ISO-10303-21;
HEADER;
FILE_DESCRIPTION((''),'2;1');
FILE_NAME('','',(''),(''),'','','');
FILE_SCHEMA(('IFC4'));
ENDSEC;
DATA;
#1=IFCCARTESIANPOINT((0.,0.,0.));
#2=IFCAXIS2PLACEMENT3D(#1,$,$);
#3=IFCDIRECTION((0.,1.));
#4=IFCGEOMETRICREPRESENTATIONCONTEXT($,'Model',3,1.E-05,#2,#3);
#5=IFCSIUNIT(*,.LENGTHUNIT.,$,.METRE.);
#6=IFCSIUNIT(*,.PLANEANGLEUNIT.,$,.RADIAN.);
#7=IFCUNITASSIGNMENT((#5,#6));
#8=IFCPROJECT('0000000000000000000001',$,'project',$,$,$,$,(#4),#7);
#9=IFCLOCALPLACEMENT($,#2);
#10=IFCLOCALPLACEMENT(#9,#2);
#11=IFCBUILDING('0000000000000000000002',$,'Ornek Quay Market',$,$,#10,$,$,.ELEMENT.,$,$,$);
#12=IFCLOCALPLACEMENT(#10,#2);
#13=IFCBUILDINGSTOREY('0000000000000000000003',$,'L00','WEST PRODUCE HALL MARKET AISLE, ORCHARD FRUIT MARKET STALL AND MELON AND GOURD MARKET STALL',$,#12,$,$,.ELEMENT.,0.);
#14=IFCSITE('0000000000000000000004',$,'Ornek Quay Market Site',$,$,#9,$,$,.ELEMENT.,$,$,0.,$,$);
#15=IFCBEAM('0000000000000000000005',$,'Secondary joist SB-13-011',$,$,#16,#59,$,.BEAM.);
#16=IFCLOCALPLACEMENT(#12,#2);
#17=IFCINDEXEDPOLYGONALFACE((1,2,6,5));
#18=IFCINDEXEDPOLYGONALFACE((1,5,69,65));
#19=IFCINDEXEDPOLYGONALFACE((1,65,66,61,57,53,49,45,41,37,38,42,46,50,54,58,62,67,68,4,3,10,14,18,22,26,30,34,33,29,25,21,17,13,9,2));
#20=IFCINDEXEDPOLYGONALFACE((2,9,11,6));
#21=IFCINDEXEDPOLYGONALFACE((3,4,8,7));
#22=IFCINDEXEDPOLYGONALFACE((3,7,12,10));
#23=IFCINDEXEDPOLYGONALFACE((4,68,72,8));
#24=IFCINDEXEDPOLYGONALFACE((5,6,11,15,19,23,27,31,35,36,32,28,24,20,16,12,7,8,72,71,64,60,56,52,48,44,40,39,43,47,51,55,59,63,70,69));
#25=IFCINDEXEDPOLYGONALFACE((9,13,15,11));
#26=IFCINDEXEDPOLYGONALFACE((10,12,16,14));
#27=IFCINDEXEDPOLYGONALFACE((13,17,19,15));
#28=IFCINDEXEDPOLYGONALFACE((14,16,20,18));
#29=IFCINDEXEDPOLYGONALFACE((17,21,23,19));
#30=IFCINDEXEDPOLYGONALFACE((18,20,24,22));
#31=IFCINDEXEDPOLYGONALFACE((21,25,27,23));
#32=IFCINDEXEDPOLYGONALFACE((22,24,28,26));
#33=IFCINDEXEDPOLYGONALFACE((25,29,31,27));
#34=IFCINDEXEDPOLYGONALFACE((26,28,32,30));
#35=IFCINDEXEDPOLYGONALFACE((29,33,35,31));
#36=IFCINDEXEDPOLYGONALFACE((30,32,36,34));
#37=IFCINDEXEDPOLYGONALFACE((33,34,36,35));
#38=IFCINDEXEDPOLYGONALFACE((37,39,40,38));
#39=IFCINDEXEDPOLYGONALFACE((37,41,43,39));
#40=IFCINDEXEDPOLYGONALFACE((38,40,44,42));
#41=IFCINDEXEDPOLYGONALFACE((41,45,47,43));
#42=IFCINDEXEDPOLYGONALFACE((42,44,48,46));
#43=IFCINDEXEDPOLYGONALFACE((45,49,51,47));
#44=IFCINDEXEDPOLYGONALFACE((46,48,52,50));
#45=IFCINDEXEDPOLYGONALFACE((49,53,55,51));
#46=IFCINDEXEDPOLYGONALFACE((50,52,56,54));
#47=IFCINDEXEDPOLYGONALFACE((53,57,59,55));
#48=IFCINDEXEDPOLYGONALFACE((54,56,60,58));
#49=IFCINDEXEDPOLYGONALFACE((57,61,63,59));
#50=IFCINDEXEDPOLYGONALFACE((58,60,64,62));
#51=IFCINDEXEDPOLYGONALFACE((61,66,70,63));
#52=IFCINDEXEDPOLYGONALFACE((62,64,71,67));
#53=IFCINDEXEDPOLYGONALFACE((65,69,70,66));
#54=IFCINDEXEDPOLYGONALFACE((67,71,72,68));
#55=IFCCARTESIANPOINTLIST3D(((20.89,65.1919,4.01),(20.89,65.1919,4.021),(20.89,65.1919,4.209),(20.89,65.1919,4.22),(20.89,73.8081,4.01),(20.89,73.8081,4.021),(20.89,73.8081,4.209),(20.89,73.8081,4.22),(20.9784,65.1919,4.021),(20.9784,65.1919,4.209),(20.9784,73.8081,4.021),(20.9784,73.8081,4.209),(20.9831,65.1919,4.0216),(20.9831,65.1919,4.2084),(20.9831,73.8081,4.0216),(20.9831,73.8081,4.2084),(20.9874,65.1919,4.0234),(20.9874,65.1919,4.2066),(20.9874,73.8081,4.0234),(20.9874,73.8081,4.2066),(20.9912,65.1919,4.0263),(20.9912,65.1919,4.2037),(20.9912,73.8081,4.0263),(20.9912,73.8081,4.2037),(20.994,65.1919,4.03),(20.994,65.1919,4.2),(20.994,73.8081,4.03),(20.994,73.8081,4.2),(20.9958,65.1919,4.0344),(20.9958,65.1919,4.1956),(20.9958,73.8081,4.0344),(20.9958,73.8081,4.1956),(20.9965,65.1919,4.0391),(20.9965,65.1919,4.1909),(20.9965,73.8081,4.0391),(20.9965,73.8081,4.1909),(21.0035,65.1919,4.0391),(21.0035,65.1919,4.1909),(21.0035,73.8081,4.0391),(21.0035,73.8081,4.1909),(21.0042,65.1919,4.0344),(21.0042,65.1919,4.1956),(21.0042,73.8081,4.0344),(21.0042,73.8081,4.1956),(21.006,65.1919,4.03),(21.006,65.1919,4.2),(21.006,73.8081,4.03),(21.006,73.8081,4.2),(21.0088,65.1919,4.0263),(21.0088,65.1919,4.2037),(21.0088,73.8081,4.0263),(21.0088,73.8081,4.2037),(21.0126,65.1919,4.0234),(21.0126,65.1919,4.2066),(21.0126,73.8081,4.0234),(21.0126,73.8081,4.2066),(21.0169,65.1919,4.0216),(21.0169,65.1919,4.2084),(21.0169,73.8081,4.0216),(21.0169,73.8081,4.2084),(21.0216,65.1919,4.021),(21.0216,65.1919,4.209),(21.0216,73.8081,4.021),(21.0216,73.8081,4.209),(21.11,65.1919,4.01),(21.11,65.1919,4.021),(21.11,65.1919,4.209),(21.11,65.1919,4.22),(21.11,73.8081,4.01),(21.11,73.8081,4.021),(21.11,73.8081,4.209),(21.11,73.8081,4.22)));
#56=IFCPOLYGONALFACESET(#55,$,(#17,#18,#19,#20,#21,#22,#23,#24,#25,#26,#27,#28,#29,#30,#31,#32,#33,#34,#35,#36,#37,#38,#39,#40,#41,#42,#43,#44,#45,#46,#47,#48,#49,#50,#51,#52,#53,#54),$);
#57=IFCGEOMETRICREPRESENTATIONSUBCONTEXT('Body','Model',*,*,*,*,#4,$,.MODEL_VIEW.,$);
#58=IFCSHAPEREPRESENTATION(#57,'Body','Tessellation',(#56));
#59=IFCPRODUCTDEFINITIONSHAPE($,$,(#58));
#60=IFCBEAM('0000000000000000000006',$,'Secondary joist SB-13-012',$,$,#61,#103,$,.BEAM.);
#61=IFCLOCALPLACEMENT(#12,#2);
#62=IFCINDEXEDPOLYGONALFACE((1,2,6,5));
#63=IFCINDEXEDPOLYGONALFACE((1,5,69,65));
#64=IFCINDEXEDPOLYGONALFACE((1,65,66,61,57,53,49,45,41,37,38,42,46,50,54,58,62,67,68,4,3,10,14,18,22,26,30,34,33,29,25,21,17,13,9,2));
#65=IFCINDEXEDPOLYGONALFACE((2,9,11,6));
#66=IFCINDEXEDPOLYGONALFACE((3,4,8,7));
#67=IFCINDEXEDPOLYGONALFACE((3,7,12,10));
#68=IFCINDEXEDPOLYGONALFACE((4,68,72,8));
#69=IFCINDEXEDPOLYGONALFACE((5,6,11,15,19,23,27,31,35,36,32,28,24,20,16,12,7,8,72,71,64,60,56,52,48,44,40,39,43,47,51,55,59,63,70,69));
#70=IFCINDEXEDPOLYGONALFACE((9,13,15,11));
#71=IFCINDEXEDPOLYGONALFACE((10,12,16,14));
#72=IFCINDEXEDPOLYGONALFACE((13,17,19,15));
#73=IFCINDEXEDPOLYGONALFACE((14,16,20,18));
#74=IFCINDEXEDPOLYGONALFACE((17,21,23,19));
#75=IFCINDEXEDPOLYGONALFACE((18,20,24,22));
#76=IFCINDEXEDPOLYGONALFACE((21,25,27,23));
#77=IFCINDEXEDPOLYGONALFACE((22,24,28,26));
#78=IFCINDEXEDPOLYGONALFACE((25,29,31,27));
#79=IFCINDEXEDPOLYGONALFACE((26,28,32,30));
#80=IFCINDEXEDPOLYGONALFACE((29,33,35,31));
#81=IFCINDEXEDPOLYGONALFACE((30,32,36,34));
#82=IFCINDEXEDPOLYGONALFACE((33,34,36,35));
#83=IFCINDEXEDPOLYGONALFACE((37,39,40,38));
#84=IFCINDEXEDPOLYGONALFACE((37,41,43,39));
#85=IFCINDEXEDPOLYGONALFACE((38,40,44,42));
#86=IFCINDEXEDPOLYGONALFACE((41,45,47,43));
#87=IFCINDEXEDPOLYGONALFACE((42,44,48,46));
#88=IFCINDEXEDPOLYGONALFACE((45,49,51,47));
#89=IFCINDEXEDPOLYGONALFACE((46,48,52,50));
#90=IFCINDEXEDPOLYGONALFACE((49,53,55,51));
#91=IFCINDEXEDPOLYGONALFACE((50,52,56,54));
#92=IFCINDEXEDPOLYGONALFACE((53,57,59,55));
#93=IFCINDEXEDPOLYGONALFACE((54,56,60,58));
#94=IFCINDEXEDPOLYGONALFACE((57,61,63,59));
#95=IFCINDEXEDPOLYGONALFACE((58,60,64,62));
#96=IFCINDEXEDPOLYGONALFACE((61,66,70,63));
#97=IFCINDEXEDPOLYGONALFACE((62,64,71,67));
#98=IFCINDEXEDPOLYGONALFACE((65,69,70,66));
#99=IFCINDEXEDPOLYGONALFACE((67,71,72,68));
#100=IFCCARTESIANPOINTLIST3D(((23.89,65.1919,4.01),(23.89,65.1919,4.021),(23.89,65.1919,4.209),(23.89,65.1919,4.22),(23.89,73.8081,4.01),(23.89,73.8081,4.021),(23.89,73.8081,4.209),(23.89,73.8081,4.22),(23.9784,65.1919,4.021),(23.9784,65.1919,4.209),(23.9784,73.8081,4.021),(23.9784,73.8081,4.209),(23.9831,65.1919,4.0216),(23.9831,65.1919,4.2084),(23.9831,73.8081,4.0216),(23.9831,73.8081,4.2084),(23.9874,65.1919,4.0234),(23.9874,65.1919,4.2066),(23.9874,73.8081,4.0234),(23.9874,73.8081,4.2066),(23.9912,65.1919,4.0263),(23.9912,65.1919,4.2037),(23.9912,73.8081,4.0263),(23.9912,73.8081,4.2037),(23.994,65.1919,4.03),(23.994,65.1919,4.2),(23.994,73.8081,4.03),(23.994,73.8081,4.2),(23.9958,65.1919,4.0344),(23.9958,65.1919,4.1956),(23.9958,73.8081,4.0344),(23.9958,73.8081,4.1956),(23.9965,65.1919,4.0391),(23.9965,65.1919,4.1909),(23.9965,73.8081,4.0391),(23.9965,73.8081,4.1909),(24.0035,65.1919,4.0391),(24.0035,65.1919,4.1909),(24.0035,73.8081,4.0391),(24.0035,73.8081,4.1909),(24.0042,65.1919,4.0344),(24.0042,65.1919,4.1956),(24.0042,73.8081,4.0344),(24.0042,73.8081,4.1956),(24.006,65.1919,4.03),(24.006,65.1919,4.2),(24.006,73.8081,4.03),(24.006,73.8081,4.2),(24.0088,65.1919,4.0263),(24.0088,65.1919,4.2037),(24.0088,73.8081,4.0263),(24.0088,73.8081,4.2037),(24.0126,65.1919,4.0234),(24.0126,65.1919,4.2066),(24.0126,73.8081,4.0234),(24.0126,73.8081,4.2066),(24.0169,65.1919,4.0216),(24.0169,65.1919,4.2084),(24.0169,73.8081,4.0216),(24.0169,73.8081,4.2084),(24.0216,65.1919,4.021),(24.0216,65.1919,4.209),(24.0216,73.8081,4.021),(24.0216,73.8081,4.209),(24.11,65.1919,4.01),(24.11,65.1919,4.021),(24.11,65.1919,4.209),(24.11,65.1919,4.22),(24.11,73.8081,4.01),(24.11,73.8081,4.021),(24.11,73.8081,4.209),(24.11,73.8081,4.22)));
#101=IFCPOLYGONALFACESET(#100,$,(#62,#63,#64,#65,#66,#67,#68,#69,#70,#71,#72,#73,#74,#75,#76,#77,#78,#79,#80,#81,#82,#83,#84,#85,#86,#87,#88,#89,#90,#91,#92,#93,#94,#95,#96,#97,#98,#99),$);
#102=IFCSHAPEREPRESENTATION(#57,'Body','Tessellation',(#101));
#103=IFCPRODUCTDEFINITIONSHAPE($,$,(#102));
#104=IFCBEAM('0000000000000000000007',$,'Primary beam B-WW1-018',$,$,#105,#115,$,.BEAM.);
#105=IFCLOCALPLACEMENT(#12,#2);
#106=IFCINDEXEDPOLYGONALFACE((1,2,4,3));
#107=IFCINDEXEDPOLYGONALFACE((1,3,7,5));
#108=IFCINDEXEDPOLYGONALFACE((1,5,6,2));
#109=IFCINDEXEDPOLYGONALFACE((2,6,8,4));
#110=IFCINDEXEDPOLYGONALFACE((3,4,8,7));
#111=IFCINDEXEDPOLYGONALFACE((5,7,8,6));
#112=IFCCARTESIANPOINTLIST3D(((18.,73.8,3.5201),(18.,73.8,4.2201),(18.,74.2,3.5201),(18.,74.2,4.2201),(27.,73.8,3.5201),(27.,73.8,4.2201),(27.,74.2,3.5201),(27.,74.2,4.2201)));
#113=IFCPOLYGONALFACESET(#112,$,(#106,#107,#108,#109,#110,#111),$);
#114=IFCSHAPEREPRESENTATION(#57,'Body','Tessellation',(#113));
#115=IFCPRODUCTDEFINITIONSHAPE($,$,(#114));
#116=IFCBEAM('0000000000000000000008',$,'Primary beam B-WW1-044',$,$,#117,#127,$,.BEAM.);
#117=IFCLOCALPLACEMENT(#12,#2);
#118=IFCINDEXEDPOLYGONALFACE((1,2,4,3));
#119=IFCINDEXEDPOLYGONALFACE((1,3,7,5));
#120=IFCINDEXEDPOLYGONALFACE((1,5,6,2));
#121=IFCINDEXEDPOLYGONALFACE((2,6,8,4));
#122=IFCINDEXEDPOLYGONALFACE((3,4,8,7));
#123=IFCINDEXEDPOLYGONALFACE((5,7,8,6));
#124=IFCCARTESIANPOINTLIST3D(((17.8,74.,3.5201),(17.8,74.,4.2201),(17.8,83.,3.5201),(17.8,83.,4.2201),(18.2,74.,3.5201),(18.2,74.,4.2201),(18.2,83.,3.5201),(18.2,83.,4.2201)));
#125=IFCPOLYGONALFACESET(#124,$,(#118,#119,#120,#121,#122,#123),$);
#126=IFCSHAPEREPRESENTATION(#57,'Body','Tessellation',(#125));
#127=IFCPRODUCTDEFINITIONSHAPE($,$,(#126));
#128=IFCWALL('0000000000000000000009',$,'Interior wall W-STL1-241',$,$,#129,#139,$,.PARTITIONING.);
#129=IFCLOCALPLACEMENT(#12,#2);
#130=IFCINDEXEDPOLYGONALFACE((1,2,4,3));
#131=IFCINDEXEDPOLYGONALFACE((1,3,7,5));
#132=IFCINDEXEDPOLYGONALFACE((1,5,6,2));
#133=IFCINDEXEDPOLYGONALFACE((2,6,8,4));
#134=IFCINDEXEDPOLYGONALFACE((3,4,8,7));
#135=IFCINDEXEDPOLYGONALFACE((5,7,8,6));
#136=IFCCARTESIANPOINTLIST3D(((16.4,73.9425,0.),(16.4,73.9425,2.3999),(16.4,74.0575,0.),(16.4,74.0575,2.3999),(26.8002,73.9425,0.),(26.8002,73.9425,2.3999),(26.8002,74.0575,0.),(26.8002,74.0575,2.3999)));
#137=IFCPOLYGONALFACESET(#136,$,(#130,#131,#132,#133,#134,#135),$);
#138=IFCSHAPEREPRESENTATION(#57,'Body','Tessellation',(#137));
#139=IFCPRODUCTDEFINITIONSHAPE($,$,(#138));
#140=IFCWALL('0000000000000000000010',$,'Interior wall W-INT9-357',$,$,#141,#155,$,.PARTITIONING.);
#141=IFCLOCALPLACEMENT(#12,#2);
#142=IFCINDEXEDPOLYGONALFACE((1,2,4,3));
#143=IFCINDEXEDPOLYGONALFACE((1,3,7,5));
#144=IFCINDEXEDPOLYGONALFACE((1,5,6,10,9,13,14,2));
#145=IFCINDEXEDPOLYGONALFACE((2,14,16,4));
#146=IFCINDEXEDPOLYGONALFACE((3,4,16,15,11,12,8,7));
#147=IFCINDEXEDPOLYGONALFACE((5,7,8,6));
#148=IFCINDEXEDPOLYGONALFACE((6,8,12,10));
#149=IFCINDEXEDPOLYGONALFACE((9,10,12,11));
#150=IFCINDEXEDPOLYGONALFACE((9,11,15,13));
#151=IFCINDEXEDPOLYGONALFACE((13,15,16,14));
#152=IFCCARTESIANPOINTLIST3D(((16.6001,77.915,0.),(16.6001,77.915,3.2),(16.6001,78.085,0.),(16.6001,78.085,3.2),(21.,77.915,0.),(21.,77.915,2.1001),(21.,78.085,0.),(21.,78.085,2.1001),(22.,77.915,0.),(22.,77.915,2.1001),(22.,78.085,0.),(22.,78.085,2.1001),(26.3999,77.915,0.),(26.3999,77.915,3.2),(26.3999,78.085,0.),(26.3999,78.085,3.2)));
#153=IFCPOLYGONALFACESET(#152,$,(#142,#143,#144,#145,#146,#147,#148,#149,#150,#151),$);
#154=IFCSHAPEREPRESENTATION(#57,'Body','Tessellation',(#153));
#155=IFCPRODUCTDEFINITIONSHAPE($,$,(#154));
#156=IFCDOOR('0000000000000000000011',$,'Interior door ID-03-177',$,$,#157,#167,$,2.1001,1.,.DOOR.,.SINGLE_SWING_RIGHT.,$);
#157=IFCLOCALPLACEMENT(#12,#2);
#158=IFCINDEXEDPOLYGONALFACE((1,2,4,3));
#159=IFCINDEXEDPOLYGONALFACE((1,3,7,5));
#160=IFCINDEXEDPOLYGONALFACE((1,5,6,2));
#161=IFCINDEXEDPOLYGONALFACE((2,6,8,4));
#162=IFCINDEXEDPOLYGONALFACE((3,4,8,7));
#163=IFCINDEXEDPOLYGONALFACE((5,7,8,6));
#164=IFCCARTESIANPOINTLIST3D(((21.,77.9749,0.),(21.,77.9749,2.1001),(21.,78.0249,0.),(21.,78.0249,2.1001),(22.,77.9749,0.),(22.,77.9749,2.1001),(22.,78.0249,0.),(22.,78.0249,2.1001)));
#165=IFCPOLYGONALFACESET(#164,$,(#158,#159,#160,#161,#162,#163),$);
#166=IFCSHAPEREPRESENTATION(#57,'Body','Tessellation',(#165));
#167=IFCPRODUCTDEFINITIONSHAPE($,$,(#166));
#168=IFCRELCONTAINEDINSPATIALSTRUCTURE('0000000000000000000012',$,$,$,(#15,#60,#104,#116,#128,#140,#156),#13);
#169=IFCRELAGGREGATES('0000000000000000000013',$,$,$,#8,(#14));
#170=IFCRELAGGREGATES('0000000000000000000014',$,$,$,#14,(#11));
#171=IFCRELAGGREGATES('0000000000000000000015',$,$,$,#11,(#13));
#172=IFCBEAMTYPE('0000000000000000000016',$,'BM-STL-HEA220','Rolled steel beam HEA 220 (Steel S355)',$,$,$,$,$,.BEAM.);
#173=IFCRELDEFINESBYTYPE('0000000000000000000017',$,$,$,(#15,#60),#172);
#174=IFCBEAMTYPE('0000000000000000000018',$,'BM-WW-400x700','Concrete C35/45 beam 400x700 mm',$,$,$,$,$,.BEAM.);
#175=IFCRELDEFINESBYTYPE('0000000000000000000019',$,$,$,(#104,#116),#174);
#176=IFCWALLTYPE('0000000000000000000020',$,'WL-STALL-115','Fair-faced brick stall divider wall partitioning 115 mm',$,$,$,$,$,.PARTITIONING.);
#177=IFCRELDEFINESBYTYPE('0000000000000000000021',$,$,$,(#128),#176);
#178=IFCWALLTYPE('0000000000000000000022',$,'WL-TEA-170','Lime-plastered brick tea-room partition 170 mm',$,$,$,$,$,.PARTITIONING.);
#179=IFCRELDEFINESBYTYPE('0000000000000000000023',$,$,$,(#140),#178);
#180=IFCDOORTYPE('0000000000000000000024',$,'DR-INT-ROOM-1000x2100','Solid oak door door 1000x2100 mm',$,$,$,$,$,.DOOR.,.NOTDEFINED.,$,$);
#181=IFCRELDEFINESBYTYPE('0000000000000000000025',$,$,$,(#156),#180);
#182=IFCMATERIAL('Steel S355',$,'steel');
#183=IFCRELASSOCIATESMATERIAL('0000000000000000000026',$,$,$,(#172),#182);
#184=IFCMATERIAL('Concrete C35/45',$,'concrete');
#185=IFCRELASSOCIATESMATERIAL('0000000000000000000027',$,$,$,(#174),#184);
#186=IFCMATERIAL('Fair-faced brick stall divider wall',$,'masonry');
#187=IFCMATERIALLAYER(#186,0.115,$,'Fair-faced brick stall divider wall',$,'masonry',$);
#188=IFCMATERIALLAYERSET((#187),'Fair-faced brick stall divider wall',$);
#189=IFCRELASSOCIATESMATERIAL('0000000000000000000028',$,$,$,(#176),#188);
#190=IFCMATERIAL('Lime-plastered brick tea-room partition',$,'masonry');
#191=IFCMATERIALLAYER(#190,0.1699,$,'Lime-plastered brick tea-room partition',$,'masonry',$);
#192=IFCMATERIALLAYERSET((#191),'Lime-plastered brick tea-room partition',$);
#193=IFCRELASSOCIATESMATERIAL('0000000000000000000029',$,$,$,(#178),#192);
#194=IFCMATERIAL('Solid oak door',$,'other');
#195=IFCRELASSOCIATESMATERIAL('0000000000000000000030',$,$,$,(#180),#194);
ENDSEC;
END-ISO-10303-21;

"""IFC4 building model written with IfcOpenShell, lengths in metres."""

from ifc_helpers import new_model, si_unit, direction, frame, frame_2d, origin, origin_2d, place, context, subcontext, project, spatial, rectangle, i_section, extrude, material, layer, layer_set, material_profile, profile_set, type_object, element, fill, save


model = new_model("IFC4")

# Units and contexts
model_context = context("Model", 3, precision=1e-05, world=origin(), true_north=direction((0.0, 1.0)))
body_context = subcontext(model_context, "Body", "Model", "MODEL_VIEW")
ifc_project = project(units=[si_unit("LENGTHUNIT", "METRE"), si_unit("PLANEANGLEUNIT", "RADIAN")], contexts=[model_context])

# Site, building, storey
site_placement = place(None, origin())
site = spatial("IfcSite", under=ifc_project, at=site_placement, Name="Ornek Quay Market Site", CompositionType="ELEMENT", RefElevation=0.0)
building_placement = place(site_placement, origin())
building = spatial("IfcBuilding", under=site, at=building_placement, Name="Ornek Quay Market", CompositionType="ELEMENT")
storey_placement = place(building_placement, origin())
storey = spatial("IfcBuildingStorey", under=building, at=storey_placement, Name="L00", Description="WEST PRODUCE HALL MARKET AISLE, ORCHARD FRUIT MARKET STALL AND MELON AND GOURD MARKET STALL", CompositionType="ELEMENT", Elevation=0.0)

# Shared definitions
ifc_material_1 = material(Name="Concrete C35/45", Category="concrete")

# Beams
ifc_material_2 = material(Name="Steel S355", Category="steel")
ifc_material_profile_1 = material_profile(ifc_material_2, i_section(OverallWidth=0.22, OverallDepth=0.21, WebThickness=0.0071, FlangeThickness=0.011, FilletRadius=0.0181, at=origin_2d()), Name="HEA 220", Category="steel")
ifc_profile_set_1 = profile_set([ifc_material_profile_1], Name="Steel S355")
beam_type_1 = type_object("IfcBeamType", Name="BM-STL-HEA220", Description="Rolled steel beam HEA 220 (Steel S355)", PredefinedType="BEAM", material=ifc_profile_set_1)
for number, where, z_axis, x_axis, name in (
    (1, (21.0, 65.1919, 4.115), (0.0, 1.0, 0.0), (-1.0, 0.0, 0.0), "Secondary joist SB-13-011"),
    (2, (24.0, 65.1919, 4.115), (0.0, 1.0, 0.0), (-1.0, 0.0, 0.0), "Secondary joist SB-13-012"),
):
    element("IfcBeam", number, at=place(storey_placement, frame(where, z_axis=z_axis, x_axis=x_axis)), inside=storey, type_object=beam_type_1, Name=name, PredefinedType="BEAM", context=body_context, shape_type="SweptSolid", body=[
        extrude(i_section(OverallWidth=0.22, OverallDepth=0.21, WebThickness=0.0071, FlangeThickness=0.011, FilletRadius=0.0181, at=origin_2d()), origin(), (0.0, 0.0, 1.0), 8.6162),
    ])
ifc_material_profile_2 = material_profile(ifc_material_1, rectangle(XDim=0.3999, YDim=0.7, at=origin_2d()), Name="RC 400x700", Category="concrete")
ifc_profile_set_2 = profile_set([ifc_material_profile_2], Name="Concrete C35/45")
beam_type_2 = type_object("IfcBeamType", Name="BM-WW-400x700", Description="Concrete C35/45 beam 400x700 mm", PredefinedType="BEAM", material=ifc_profile_set_2)
for number, where, z_axis, x_axis, name in (
    (3, (18.0, 74.0, 3.8701), (1.0, 0.0, 0.0), (0.0, 1.0, 0.0), "Primary beam B-WW1-018"),
    (4, (18.0, 74.0, 3.8701), (0.0, 1.0, 0.0), (-1.0, 0.0, 0.0), "Primary beam B-WW1-044"),
):
    element("IfcBeam", number, at=place(storey_placement, frame(where, z_axis=z_axis, x_axis=x_axis)), inside=storey, type_object=beam_type_2, Name=name, PredefinedType="BEAM", context=body_context, shape_type="SweptSolid", body=[
        extrude(rectangle(XDim=0.3999, YDim=0.7, at=origin_2d()), origin(), (0.0, 0.0, 1.0), 9.0),
    ])

# Wall
ifc_material_3 = material(Name="Fair-faced brick stall divider wall", Category="masonry")
ifc_layer_1 = layer(ifc_material_3, 0.115, Name="Fair-faced brick stall divider wall", Category="masonry")
ifc_layer_set_1 = layer_set([ifc_layer_1], Name="Fair-faced brick stall divider wall")
wall_type_1 = type_object("IfcWallType", Name="WL-STALL-115", Description="Fair-faced brick stall divider wall partitioning 115 mm", PredefinedType="PARTITIONING", material=ifc_layer_set_1)
wall_1_placement = place(storey_placement, frame((16.3999, 74.0, 0.0), z_axis=(0.0, 0.0, 1.0), x_axis=(1.0, 0.0, 0.0)))
element("IfcWall", 5, at=wall_1_placement, inside=storey, type_object=wall_type_1, Name="Interior wall W-STL1-241", PredefinedType="PARTITIONING", context=body_context, shape_type="SweptSolid", body=[
    extrude(rectangle(XDim=10.4001, YDim=0.115, at=frame_2d((5.2002, 0.0))), origin(), (0.0, 0.0, 1.0), 2.3999),
])

# Wall, opening, door
ifc_material_4 = material(Name="Lime-plastered brick tea-room partition", Category="masonry")
ifc_layer_2 = layer(ifc_material_4, 0.1699, Name="Lime-plastered brick tea-room partition", Category="masonry")
ifc_layer_set_2 = layer_set([ifc_layer_2], Name="Lime-plastered brick tea-room partition")
wall_type_2 = type_object("IfcWallType", Name="WL-TEA-170", Description="Lime-plastered brick tea-room partition 170 mm", PredefinedType="PARTITIONING", material=ifc_layer_set_2)
wall_2_placement = place(storey_placement, frame((16.6001, 78.0, 0.0), z_axis=(0.0, 0.0, 1.0), x_axis=(1.0, 0.0, 0.0)))
wall_2 = element("IfcWall", 6, at=wall_2_placement, inside=storey, type_object=wall_type_2, Name="Interior wall W-INT9-357", PredefinedType="PARTITIONING", context=body_context, shape_type="SweptSolid", body=[
    extrude(rectangle(XDim=9.7998, YDim=0.1699, at=frame_2d((4.8999, 0.0))), origin(), (0.0, 0.0, 1.0), 3.2),
])
opening_placement = place(wall_2_placement, frame((4.3999, 0.0, 0.0)))
opening = element("IfcOpeningElement", 7, at=opening_placement, cuts=wall_2, PredefinedType="OPENING", context=body_context, shape_type="SweptSolid", body=[
    extrude(rectangle(XDim=1.0, YDim=2.1001, at=frame_2d((0.5, 1.05))), frame((0.0, 0.095, 0.0), z_axis=(0.0, -1.0, 0.0), x_axis=(1.0, 0.0, 0.0)), (0.0, 0.0, 1.0), 0.1899),
])
ifc_material_5 = material(Name="Solid oak door", Category="other")
door_type = type_object("IfcDoorType", Name="DR-INT-ROOM-1000x2100", Description="Solid oak door door 1000x2100 mm", OperationType="NOTDEFINED", PredefinedType="DOOR", material=ifc_material_5)
door_placement = place(opening_placement, origin())
door = element("IfcDoor", 8, at=door_placement, inside=storey, type_object=door_type, Name="Interior door ID-03-177", OperationType="SINGLE_SWING_RIGHT", OverallHeight=2.1001, OverallWidth=1.0, PredefinedType="DOOR", context=body_context, shape_type="SweptSolid", body=[
    extrude(rectangle(XDim=1.0, YDim=2.1001, at=frame_2d((0.5, 1.05))), frame((0.0, 0.0249, 0.0), z_axis=(0.0, -1.0, 0.0), x_axis=(1.0, 0.0, 0.0)), (0.0, 0.0, 1.0), 0.05),
])
fill(opening, door)

save(model, "model.ifc")
